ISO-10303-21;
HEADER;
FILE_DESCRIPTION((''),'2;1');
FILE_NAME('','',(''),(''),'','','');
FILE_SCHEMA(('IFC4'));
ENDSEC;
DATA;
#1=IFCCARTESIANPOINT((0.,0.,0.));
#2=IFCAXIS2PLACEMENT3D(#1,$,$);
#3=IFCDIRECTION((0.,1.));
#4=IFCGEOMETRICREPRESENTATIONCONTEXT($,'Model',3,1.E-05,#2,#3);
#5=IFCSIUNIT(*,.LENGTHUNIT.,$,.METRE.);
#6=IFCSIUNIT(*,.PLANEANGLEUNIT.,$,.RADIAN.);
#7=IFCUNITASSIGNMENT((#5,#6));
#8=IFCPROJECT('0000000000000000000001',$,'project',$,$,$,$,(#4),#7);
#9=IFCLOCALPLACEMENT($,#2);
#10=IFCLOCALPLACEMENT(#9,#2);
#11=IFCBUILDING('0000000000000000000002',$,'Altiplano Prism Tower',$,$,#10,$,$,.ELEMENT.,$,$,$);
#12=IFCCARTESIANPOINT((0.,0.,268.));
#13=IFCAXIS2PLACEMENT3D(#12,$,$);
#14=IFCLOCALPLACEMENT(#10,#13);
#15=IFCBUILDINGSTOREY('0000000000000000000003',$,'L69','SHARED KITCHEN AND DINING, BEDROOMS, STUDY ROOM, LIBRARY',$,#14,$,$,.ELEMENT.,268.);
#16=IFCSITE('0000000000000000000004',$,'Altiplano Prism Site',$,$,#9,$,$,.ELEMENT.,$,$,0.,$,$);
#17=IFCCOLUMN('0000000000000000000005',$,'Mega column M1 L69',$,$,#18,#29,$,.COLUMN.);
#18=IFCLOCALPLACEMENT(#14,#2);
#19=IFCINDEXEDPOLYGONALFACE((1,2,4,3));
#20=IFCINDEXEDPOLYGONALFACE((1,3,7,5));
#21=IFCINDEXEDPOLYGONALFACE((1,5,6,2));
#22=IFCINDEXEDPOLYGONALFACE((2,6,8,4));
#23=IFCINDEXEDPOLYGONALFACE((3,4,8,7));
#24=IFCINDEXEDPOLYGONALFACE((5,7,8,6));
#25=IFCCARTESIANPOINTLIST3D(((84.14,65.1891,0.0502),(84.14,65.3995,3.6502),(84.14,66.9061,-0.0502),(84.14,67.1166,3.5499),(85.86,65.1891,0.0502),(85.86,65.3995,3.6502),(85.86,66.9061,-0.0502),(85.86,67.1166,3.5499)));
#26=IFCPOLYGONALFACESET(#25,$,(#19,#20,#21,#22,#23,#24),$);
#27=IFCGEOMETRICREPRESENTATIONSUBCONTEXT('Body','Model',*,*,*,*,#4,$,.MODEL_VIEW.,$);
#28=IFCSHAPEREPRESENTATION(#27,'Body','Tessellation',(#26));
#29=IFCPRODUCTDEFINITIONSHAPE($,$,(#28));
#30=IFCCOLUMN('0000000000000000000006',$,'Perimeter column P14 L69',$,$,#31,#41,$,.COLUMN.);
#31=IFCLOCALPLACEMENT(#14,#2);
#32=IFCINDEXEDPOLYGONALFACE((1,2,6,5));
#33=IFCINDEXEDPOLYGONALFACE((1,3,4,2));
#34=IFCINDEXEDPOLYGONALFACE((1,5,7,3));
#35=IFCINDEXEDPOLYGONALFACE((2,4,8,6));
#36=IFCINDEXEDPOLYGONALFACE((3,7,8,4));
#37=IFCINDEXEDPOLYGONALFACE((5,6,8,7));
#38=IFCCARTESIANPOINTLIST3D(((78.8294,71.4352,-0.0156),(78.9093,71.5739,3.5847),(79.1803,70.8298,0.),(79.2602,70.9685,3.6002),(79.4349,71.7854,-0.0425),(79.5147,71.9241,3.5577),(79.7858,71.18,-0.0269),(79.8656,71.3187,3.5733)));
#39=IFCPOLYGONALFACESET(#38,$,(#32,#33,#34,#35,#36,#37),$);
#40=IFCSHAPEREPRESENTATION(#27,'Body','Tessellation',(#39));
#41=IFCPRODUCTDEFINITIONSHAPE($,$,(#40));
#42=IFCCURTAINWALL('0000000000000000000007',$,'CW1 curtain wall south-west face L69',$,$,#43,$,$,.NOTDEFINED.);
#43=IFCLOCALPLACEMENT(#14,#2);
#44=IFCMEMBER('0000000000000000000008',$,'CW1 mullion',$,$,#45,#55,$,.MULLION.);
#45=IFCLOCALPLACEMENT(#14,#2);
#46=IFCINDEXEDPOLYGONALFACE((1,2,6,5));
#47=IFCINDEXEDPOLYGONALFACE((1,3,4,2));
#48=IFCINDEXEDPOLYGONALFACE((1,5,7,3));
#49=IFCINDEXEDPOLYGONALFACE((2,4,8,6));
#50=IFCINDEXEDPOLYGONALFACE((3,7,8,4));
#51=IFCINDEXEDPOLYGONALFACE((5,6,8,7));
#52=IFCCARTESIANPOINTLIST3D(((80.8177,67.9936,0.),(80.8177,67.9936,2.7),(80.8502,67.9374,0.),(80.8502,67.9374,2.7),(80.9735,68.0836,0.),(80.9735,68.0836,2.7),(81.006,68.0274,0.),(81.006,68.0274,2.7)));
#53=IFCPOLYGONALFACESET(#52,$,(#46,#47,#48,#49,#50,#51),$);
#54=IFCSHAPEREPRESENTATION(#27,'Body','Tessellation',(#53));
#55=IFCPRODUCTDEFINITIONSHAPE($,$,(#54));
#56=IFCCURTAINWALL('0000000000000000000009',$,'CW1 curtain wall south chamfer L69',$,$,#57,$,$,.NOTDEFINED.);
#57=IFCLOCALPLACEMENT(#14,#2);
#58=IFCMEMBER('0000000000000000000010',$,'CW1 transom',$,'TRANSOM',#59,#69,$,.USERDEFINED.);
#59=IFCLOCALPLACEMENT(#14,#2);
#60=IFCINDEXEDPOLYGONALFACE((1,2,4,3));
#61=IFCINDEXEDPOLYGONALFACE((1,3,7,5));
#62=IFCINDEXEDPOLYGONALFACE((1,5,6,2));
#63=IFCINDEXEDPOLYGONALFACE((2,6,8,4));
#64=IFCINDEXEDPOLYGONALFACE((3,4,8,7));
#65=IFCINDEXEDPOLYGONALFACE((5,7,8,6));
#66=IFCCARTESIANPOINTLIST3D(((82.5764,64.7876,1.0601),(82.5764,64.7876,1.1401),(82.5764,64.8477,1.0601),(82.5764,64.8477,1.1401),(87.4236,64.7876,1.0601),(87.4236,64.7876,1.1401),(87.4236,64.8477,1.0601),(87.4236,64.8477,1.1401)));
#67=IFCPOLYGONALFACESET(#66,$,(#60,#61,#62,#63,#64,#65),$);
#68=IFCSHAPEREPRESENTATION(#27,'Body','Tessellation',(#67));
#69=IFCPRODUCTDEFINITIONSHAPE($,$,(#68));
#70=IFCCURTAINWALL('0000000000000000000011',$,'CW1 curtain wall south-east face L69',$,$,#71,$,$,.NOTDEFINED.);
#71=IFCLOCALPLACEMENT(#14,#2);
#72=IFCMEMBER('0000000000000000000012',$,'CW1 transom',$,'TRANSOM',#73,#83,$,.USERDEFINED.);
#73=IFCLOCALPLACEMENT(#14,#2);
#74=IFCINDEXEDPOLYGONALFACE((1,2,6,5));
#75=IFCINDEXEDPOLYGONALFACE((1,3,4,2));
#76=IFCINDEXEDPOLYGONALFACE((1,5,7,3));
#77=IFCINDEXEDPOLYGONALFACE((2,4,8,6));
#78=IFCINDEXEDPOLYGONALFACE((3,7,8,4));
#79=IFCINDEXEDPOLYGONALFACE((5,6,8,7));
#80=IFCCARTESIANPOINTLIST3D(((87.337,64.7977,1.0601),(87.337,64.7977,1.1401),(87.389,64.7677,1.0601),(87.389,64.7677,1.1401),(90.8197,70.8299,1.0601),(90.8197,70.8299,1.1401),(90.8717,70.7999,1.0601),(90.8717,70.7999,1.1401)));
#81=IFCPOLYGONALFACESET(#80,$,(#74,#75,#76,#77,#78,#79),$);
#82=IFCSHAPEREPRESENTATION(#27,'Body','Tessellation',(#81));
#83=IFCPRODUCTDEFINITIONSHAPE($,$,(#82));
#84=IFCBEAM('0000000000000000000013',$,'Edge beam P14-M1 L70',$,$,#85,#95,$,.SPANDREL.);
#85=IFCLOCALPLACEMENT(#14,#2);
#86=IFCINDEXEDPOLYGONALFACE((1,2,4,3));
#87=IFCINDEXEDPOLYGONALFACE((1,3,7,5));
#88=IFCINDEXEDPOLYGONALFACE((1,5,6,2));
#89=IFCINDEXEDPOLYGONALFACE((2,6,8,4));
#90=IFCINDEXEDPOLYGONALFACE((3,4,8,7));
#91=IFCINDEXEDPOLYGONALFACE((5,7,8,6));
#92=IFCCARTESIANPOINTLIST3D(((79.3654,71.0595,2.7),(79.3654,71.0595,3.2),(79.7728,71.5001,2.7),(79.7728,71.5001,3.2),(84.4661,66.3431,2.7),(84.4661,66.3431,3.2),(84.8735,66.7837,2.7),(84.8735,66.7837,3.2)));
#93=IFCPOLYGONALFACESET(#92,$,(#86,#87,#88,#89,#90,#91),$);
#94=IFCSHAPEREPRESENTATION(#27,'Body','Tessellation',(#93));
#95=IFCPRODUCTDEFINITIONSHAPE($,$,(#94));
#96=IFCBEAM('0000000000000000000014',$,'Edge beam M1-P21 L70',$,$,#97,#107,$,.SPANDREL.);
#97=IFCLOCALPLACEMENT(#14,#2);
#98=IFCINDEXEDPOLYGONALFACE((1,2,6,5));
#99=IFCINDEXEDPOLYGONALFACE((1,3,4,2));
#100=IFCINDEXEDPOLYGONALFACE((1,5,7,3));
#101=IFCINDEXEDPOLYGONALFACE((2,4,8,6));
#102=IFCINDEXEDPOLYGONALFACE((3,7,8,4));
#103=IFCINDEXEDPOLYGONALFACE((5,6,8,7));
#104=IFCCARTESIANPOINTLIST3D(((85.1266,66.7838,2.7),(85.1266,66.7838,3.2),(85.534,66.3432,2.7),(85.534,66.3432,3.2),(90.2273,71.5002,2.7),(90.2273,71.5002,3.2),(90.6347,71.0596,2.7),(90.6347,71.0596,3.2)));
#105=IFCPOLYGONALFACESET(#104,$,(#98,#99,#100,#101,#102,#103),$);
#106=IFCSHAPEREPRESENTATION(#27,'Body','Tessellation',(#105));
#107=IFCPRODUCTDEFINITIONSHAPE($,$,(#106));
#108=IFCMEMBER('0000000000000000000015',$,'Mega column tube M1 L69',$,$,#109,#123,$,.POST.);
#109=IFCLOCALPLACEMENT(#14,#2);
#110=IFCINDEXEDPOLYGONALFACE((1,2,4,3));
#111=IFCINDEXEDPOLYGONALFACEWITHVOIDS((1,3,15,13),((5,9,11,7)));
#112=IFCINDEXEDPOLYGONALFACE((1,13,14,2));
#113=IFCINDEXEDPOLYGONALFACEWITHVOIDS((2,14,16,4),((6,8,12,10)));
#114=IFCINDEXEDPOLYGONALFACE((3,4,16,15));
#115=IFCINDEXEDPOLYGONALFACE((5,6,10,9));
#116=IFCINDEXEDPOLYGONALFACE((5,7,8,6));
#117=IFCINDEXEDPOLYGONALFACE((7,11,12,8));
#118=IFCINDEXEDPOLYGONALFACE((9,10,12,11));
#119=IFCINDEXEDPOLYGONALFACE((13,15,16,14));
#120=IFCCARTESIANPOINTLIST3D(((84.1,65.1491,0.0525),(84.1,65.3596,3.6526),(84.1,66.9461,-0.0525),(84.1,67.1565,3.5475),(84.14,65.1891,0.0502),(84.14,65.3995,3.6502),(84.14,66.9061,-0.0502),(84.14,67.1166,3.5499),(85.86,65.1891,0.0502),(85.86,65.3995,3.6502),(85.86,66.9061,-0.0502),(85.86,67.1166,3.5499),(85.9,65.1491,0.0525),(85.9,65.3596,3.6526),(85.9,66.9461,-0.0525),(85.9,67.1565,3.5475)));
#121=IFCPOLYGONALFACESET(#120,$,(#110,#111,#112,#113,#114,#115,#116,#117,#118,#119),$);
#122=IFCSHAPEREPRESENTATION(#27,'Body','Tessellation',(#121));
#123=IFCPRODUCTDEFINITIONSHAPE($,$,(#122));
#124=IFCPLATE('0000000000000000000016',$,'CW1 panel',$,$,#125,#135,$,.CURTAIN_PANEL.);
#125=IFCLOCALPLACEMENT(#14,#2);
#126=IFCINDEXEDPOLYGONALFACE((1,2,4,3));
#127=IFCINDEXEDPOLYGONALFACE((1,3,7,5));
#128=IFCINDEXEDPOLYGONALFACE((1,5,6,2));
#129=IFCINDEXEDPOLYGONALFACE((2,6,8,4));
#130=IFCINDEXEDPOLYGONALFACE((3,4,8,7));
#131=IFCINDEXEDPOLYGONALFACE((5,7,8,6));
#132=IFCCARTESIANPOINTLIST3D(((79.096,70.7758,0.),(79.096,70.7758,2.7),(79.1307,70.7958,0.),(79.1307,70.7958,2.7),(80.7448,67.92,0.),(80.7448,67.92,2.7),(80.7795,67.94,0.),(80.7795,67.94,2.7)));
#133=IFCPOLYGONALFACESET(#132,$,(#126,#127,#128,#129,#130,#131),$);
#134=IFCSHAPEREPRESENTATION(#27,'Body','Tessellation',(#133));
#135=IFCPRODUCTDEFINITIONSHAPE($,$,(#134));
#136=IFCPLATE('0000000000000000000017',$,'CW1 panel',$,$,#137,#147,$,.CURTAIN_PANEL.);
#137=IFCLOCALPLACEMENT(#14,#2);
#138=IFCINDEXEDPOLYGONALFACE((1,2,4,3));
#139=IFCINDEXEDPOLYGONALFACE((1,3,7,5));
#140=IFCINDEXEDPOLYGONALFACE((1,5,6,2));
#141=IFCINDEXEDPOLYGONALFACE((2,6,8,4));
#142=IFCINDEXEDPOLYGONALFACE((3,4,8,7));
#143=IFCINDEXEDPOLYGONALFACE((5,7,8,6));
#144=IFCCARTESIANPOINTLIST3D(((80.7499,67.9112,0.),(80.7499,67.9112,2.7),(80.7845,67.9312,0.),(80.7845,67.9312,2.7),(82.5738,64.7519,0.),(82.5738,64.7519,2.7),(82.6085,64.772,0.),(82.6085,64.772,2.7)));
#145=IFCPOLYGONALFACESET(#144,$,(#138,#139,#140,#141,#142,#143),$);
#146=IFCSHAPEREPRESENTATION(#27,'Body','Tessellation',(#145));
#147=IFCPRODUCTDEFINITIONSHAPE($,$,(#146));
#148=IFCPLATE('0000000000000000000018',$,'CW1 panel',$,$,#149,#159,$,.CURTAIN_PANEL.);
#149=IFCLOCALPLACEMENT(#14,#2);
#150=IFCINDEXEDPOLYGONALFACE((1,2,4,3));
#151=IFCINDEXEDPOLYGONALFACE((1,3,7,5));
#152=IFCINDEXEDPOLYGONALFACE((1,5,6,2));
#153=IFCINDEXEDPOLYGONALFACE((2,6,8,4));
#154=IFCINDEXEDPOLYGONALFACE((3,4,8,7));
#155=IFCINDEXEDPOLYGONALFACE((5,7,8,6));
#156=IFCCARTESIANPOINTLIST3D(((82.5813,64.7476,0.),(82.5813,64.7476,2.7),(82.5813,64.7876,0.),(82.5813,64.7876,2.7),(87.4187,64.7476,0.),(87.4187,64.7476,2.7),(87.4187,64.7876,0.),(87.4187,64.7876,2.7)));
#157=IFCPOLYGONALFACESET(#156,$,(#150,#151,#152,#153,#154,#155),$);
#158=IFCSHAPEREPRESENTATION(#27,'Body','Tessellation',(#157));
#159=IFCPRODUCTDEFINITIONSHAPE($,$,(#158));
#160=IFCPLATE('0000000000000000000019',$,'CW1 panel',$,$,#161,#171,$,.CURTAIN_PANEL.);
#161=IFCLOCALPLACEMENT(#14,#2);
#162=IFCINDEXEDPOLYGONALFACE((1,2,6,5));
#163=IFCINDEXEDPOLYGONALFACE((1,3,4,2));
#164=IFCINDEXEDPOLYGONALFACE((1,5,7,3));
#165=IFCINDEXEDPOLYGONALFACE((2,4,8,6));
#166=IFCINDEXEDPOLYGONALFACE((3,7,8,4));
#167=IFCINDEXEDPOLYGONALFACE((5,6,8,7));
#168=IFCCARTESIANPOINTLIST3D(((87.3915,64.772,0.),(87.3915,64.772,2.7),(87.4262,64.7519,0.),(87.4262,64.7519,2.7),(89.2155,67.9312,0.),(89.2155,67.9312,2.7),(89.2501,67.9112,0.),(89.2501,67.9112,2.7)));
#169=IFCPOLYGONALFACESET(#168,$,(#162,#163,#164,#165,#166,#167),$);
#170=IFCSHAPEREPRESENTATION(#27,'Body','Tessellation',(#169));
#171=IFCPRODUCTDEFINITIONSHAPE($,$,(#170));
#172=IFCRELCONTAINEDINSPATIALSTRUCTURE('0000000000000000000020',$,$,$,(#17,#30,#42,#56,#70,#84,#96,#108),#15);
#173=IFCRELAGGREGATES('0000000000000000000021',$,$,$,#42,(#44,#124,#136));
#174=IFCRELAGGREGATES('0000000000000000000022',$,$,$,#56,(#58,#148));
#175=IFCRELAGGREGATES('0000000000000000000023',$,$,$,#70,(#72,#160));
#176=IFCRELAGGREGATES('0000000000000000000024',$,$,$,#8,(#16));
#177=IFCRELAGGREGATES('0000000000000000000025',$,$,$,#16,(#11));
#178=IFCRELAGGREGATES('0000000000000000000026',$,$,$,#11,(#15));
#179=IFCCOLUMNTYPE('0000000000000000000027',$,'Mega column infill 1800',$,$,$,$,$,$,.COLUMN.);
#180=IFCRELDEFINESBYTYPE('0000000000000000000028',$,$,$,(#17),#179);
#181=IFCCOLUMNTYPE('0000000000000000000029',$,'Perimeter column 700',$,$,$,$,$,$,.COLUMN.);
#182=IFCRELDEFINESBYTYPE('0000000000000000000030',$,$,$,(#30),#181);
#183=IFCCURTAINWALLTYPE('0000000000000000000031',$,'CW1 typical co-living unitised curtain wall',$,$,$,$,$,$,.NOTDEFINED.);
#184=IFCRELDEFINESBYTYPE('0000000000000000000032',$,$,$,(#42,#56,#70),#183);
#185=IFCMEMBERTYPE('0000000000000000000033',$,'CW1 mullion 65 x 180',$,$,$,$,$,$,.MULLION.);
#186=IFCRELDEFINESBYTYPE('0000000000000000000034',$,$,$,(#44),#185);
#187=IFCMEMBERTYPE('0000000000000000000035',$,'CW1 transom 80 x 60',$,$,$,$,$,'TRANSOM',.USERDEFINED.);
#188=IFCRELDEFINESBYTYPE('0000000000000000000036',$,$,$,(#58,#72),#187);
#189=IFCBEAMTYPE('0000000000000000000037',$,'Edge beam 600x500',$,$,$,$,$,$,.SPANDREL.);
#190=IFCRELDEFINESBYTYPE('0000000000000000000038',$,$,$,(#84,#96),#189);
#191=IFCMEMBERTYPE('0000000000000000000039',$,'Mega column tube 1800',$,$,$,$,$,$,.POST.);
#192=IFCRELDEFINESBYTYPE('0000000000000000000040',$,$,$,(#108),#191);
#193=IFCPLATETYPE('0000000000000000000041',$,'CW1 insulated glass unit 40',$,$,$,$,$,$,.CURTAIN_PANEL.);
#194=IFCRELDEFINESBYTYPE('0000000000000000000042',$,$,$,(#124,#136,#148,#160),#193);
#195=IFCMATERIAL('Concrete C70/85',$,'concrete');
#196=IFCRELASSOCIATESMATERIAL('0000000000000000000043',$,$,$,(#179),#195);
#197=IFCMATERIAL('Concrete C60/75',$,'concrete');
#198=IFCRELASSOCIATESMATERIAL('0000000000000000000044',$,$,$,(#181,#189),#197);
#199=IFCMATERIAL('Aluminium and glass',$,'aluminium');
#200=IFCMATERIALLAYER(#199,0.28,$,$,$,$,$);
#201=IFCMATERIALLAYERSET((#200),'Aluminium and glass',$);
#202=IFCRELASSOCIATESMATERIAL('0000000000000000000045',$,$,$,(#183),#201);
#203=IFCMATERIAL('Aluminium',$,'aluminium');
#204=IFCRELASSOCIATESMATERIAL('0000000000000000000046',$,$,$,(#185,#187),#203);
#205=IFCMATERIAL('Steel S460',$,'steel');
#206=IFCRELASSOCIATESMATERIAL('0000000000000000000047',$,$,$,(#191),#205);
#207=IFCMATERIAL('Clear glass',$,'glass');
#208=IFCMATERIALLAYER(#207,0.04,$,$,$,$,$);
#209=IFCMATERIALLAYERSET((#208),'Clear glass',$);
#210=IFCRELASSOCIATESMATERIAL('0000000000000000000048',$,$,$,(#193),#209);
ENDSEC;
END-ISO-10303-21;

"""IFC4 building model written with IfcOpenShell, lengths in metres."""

from ifc_helpers import new_model, si_unit, direction, frame, origin, origin_2d, place, context, subcontext, project, spatial, rectangle, hollow_rectangle, extrude, material, layer, layer_set, material_profile, profile_set, type_object, element, aggregate, save


model = new_model("IFC4")

# Units and contexts
model_context = context("Model", 3, precision=1e-05, world=origin(), true_north=direction((0.0, 1.0)))
body_context = subcontext(model_context, "Body", "Model", "MODEL_VIEW")
ifc_project = project(units=[si_unit("LENGTHUNIT", "METRE"), si_unit("PLANEANGLEUNIT", "RADIAN")], contexts=[model_context])

# Site, building, storey
site_placement = place(None, origin())
site = spatial("IfcSite", under=ifc_project, at=site_placement, Name="Altiplano Prism Site", CompositionType="ELEMENT", RefElevation=0.0)
building_placement = place(site_placement, origin())
building = spatial("IfcBuilding", under=site, at=building_placement, Name="Altiplano Prism Tower", CompositionType="ELEMENT")
storey_placement = place(building_placement, frame((0.0, 0.0, 268.0)))
storey = spatial("IfcBuildingStorey", under=building, at=storey_placement, Name="L69", Description="SHARED KITCHEN AND DINING, BEDROOMS, STUDY ROOM, LIBRARY", CompositionType="ELEMENT", Elevation=268.0)

# Columns
ifc_material_1 = material(Name="Concrete C70/85", Category="concrete")
ifc_material_profile_1 = material_profile(ifc_material_1, rectangle(XDim=1.72, YDim=1.72, at=origin_2d()), Name="Mega column infill 1800")
ifc_profile_set_1 = profile_set([ifc_material_profile_1], Name="Concrete C70/85")
column_type_1 = type_object("IfcColumnType", Name="Mega column infill 1800", PredefinedType="COLUMN", material=ifc_profile_set_1)
column_1_placement = place(storey_placement, frame((85.0, 66.0476, 0.0), z_axis=(0.0, 0.058357, 0.998296), x_axis=(-1.0, 0.0, 0.0)))
element("IfcColumn", 1, at=column_1_placement, inside=storey, type_object=column_type_1, Name="Mega column M1 L69", PredefinedType="COLUMN", context=body_context, shape_type="SweptSolid", body=[
    extrude(rectangle(XDim=1.72, YDim=1.72, at=origin_2d()), origin(), (0.0, 0.0, 1.0), 3.6062),
])
ifc_material_2 = material(Name="Concrete C60/75", Category="concrete")
ifc_material_profile_2 = material_profile(ifc_material_2, rectangle(XDim=0.7, YDim=0.7, at=origin_2d()), Name="Perimeter column 700")
ifc_profile_set_2 = profile_set([ifc_material_profile_2], Name="Concrete C60/75")
column_type_2 = type_object("IfcColumnType", Name="Perimeter column 700", PredefinedType="COLUMN", material=ifc_profile_set_2)
column_2_placement = place(storey_placement, frame((79.3076, 71.3076, -0.0212), z_axis=(0.022154, 0.038481, 0.999014), x_axis=(-0.86498, -0.500331, 0.038454)))
element("IfcColumn", 2, at=column_2_placement, inside=storey, type_object=column_type_2, Name="Perimeter column P14 L69", PredefinedType="COLUMN", context=body_context, shape_type="SweptSolid", body=[
    extrude(rectangle(XDim=0.7, YDim=0.7, at=origin_2d()), origin(), (0.0, 0.0, 1.0), 3.6038),
])

# Curtain walls, members
ifc_material_3 = material(Name="Aluminium and glass", Category="aluminium")
ifc_layer_1 = layer(ifc_material_3, 0.28)
ifc_layer_set_1 = layer_set([ifc_layer_1], Name="Aluminium and glass")
curtain_wall_type = type_object("IfcCurtainWallType", Name="CW1 typical co-living unitised curtain wall", PredefinedType="NOTDEFINED", material=ifc_layer_set_1)
curtain_wall_1_placement = place(storey_placement, origin())
curtain_wall_1 = element("IfcCurtainWall", 3, at=curtain_wall_1_placement, inside=storey, type_object=curtain_wall_type, Name="CW1 curtain wall south-west face L69", PredefinedType="NOTDEFINED")
ifc_material_4 = material(Name="Aluminium", Category="aluminium")
ifc_material_profile_3 = material_profile(ifc_material_4, rectangle(XDim=0.1799, YDim=0.0649, at=origin_2d()), Name="CW1 mullion 65 x 180")
ifc_profile_set_3 = profile_set([ifc_material_profile_3], Name="Aluminium")
member_type_1 = type_object("IfcMemberType", Name="CW1 mullion 65 x 180", PredefinedType="MULLION", material=ifc_profile_set_3)
member_1_placement = place(storey_placement, frame((80.9119, 68.0105, 0.0), z_axis=(0.0, 0.0, 1.0), x_axis=(0.866025, 0.5, 0.0)))
member_1 = element("IfcMember", 4, at=member_1_placement, type_object=member_type_1, Name="CW1 mullion", PredefinedType="MULLION", context=body_context, shape_type="SweptSolid", body=[
    extrude(rectangle(XDim=0.1799, YDim=0.0649, at=origin_2d()), origin(), (0.0, 0.0, 1.0), 2.7),
])
curtain_wall_2_placement = place(storey_placement, origin())
curtain_wall_2 = element("IfcCurtainWall", 5, at=curtain_wall_2_placement, inside=storey, type_object=curtain_wall_type, Name="CW1 curtain wall south chamfer L69", PredefinedType="NOTDEFINED")
ifc_material_profile_4 = material_profile(ifc_material_4, rectangle(XDim=0.0601, YDim=0.0801, at=origin_2d()), Name="CW1 transom 80 x 60")
ifc_profile_set_4 = profile_set([ifc_material_profile_4], Name="Aluminium")
member_type_2 = type_object("IfcMemberType", Name="CW1 transom 80 x 60", ElementType="TRANSOM", PredefinedType="USERDEFINED", material=ifc_profile_set_4)
member_2_placement = place(storey_placement, frame((82.5764, 64.8176, 1.1001), z_axis=(1.0, 0.0, 0.0), x_axis=(0.0, 1.0, 0.0)))
member_2 = element("IfcMember", 6, at=member_2_placement, type_object=member_type_2, Name="CW1 transom", ObjectType="TRANSOM", PredefinedType="USERDEFINED", context=body_context, shape_type="SweptSolid", body=[
    extrude(rectangle(XDim=0.0601, YDim=0.0801, at=origin_2d()), origin(), (0.0, 0.0, 1.0), 4.8472),
])
curtain_wall_3_placement = place(storey_placement, origin())
curtain_wall_3 = element("IfcCurtainWall", 7, at=curtain_wall_3_placement, inside=storey, type_object=curtain_wall_type, Name="CW1 curtain wall south-east face L69", PredefinedType="NOTDEFINED")
member_3_placement = place(storey_placement, frame((87.363, 64.7827, 1.1001), z_axis=(0.499996, 0.866028, 0.0), x_axis=(-0.866028, 0.499996, 0.0)))
member_3 = element("IfcMember", 8, at=member_3_placement, type_object=member_type_2, Name="CW1 transom", ObjectType="TRANSOM", PredefinedType="USERDEFINED", context=body_context, shape_type="SweptSolid", body=[
    extrude(rectangle(XDim=0.0601, YDim=0.0801, at=origin_2d()), origin(), (0.0, 0.0, 1.0), 6.9653),
])

# Beams
ifc_material_profile_5 = material_profile(ifc_material_2, rectangle(XDim=0.6001, YDim=0.5, at=origin_2d()), Name="Edge beam 600x500")
ifc_profile_set_5 = profile_set([ifc_material_profile_5], Name="Concrete C60/75")
beam_type = type_object("IfcBeamType", Name="Edge beam 600x500", PredefinedType="SPANDREL", material=ifc_profile_set_5)
for number, where, z_axis, x_axis, name in (
    (9, (79.5691, 71.2798, 2.95), (0.734224, -0.678908, 0.0), (0.678908, 0.734224, 0.0), "Edge beam P14-M1 L70"),
    (10, (85.3303, 66.5635, 2.95), (0.734224, 0.678908, 0.0), (-0.678908, 0.734224, 0.0), "Edge beam M1-P21 L70"),
):
    element("IfcBeam", number, at=place(storey_placement, frame(where, z_axis=z_axis, x_axis=x_axis)), inside=storey, type_object=beam_type, Name=name, PredefinedType="SPANDREL", context=body_context, shape_type="SweptSolid", body=[
        extrude(rectangle(XDim=0.6001, YDim=0.5, at=origin_2d()), origin(), (0.0, 0.0, 1.0), 6.947),
    ])

# Member
ifc_material_5 = material(Name="Steel S460", Category="steel")
ifc_material_profile_6 = material_profile(ifc_material_5, hollow_rectangle(XDim=1.8, YDim=1.8, WallThickness=0.04, at=origin_2d()), Name="Mega column tube 1800")
ifc_profile_set_6 = profile_set([ifc_material_profile_6], Name="Steel S460")
member_type_3 = type_object("IfcMemberType", Name="Mega column tube 1800", PredefinedType="POST", material=ifc_profile_set_6)
member_4_placement = place(storey_placement, frame((85.0, 66.0476, 0.0), z_axis=(0.0, 0.058357, 0.998296), x_axis=(-1.0, 0.0, 0.0)))
element("IfcMember", 11, at=member_4_placement, inside=storey, type_object=member_type_3, Name="Mega column tube M1 L69", PredefinedType="POST", context=body_context, shape_type="SweptSolid", body=[
    extrude(hollow_rectangle(XDim=1.8, YDim=1.8, WallThickness=0.04, at=origin_2d()), origin(), (0.0, 0.0, 1.0), 3.6062),
])

# Plates
ifc_material_6 = material(Name="Clear glass", Category="glass")
ifc_layer_2 = layer(ifc_material_6, 0.04)
ifc_layer_set_2 = layer_set([ifc_layer_2], Name="Clear glass")
plate_type = type_object("IfcPlateType", Name="CW1 insulated glass unit 40", PredefinedType="CURTAIN_PANEL", material=ifc_layer_set_2)
plate_1_placement = place(storey_placement, frame((79.9377, 69.3579, 0.0), z_axis=(0.0, 0.0, 1.0), x_axis=(0.5, -0.866025, 0.0)))
plate_1 = element("IfcPlate", 12, at=plate_1_placement, type_object=plate_type, Name="CW1 panel", PredefinedType="CURTAIN_PANEL", context=body_context, shape_type="SweptSolid", body=[
    extrude(rectangle(XDim=3.2976, YDim=0.04, at=origin_2d()), origin(), (0.0, 0.0, 1.0), 2.7),
])
plate_2_placement = place(storey_placement, frame((81.6792, 66.3416, 0.0), z_axis=(0.0, 0.0, 1.0), x_axis=(0.5, -0.866025, 0.0)))
plate_2 = element("IfcPlate", 13, at=plate_2_placement, type_object=plate_type, Name="CW1 panel", PredefinedType="CURTAIN_PANEL", context=body_context, shape_type="SweptSolid", body=[
    extrude(rectangle(XDim=3.6479, YDim=0.04, at=origin_2d()), origin(), (0.0, 0.0, 1.0), 2.7),
])
aggregate(curtain_wall_1, [member_1, plate_1, plate_2])
plate_3_placement = place(storey_placement, frame((85.0, 64.7676, 0.0), z_axis=(0.0, 0.0, 1.0), x_axis=(1.0, 0.0, 0.0)))
plate_3 = element("IfcPlate", 14, at=plate_3_placement, type_object=plate_type, Name="CW1 panel", PredefinedType="CURTAIN_PANEL", context=body_context, shape_type="SweptSolid", body=[
    extrude(rectangle(XDim=4.8374, YDim=0.04, at=origin_2d()), origin(), (0.0, 0.0, 1.0), 2.7),
])
aggregate(curtain_wall_2, [member_2, plate_3])
plate_4_placement = place(storey_placement, frame((88.3208, 66.3416, 0.0), z_axis=(0.0, 0.0, 1.0), x_axis=(0.5, 0.866025, 0.0)))
plate_4 = element("IfcPlate", 15, at=plate_4_placement, type_object=plate_type, Name="CW1 panel", PredefinedType="CURTAIN_PANEL", context=body_context, shape_type="SweptSolid", body=[
    extrude(rectangle(XDim=3.6479, YDim=0.04, at=origin_2d()), origin(), (0.0, 0.0, 1.0), 2.7),
])
aggregate(curtain_wall_3, [member_3, plate_4])

save(model, "model.ifc")
